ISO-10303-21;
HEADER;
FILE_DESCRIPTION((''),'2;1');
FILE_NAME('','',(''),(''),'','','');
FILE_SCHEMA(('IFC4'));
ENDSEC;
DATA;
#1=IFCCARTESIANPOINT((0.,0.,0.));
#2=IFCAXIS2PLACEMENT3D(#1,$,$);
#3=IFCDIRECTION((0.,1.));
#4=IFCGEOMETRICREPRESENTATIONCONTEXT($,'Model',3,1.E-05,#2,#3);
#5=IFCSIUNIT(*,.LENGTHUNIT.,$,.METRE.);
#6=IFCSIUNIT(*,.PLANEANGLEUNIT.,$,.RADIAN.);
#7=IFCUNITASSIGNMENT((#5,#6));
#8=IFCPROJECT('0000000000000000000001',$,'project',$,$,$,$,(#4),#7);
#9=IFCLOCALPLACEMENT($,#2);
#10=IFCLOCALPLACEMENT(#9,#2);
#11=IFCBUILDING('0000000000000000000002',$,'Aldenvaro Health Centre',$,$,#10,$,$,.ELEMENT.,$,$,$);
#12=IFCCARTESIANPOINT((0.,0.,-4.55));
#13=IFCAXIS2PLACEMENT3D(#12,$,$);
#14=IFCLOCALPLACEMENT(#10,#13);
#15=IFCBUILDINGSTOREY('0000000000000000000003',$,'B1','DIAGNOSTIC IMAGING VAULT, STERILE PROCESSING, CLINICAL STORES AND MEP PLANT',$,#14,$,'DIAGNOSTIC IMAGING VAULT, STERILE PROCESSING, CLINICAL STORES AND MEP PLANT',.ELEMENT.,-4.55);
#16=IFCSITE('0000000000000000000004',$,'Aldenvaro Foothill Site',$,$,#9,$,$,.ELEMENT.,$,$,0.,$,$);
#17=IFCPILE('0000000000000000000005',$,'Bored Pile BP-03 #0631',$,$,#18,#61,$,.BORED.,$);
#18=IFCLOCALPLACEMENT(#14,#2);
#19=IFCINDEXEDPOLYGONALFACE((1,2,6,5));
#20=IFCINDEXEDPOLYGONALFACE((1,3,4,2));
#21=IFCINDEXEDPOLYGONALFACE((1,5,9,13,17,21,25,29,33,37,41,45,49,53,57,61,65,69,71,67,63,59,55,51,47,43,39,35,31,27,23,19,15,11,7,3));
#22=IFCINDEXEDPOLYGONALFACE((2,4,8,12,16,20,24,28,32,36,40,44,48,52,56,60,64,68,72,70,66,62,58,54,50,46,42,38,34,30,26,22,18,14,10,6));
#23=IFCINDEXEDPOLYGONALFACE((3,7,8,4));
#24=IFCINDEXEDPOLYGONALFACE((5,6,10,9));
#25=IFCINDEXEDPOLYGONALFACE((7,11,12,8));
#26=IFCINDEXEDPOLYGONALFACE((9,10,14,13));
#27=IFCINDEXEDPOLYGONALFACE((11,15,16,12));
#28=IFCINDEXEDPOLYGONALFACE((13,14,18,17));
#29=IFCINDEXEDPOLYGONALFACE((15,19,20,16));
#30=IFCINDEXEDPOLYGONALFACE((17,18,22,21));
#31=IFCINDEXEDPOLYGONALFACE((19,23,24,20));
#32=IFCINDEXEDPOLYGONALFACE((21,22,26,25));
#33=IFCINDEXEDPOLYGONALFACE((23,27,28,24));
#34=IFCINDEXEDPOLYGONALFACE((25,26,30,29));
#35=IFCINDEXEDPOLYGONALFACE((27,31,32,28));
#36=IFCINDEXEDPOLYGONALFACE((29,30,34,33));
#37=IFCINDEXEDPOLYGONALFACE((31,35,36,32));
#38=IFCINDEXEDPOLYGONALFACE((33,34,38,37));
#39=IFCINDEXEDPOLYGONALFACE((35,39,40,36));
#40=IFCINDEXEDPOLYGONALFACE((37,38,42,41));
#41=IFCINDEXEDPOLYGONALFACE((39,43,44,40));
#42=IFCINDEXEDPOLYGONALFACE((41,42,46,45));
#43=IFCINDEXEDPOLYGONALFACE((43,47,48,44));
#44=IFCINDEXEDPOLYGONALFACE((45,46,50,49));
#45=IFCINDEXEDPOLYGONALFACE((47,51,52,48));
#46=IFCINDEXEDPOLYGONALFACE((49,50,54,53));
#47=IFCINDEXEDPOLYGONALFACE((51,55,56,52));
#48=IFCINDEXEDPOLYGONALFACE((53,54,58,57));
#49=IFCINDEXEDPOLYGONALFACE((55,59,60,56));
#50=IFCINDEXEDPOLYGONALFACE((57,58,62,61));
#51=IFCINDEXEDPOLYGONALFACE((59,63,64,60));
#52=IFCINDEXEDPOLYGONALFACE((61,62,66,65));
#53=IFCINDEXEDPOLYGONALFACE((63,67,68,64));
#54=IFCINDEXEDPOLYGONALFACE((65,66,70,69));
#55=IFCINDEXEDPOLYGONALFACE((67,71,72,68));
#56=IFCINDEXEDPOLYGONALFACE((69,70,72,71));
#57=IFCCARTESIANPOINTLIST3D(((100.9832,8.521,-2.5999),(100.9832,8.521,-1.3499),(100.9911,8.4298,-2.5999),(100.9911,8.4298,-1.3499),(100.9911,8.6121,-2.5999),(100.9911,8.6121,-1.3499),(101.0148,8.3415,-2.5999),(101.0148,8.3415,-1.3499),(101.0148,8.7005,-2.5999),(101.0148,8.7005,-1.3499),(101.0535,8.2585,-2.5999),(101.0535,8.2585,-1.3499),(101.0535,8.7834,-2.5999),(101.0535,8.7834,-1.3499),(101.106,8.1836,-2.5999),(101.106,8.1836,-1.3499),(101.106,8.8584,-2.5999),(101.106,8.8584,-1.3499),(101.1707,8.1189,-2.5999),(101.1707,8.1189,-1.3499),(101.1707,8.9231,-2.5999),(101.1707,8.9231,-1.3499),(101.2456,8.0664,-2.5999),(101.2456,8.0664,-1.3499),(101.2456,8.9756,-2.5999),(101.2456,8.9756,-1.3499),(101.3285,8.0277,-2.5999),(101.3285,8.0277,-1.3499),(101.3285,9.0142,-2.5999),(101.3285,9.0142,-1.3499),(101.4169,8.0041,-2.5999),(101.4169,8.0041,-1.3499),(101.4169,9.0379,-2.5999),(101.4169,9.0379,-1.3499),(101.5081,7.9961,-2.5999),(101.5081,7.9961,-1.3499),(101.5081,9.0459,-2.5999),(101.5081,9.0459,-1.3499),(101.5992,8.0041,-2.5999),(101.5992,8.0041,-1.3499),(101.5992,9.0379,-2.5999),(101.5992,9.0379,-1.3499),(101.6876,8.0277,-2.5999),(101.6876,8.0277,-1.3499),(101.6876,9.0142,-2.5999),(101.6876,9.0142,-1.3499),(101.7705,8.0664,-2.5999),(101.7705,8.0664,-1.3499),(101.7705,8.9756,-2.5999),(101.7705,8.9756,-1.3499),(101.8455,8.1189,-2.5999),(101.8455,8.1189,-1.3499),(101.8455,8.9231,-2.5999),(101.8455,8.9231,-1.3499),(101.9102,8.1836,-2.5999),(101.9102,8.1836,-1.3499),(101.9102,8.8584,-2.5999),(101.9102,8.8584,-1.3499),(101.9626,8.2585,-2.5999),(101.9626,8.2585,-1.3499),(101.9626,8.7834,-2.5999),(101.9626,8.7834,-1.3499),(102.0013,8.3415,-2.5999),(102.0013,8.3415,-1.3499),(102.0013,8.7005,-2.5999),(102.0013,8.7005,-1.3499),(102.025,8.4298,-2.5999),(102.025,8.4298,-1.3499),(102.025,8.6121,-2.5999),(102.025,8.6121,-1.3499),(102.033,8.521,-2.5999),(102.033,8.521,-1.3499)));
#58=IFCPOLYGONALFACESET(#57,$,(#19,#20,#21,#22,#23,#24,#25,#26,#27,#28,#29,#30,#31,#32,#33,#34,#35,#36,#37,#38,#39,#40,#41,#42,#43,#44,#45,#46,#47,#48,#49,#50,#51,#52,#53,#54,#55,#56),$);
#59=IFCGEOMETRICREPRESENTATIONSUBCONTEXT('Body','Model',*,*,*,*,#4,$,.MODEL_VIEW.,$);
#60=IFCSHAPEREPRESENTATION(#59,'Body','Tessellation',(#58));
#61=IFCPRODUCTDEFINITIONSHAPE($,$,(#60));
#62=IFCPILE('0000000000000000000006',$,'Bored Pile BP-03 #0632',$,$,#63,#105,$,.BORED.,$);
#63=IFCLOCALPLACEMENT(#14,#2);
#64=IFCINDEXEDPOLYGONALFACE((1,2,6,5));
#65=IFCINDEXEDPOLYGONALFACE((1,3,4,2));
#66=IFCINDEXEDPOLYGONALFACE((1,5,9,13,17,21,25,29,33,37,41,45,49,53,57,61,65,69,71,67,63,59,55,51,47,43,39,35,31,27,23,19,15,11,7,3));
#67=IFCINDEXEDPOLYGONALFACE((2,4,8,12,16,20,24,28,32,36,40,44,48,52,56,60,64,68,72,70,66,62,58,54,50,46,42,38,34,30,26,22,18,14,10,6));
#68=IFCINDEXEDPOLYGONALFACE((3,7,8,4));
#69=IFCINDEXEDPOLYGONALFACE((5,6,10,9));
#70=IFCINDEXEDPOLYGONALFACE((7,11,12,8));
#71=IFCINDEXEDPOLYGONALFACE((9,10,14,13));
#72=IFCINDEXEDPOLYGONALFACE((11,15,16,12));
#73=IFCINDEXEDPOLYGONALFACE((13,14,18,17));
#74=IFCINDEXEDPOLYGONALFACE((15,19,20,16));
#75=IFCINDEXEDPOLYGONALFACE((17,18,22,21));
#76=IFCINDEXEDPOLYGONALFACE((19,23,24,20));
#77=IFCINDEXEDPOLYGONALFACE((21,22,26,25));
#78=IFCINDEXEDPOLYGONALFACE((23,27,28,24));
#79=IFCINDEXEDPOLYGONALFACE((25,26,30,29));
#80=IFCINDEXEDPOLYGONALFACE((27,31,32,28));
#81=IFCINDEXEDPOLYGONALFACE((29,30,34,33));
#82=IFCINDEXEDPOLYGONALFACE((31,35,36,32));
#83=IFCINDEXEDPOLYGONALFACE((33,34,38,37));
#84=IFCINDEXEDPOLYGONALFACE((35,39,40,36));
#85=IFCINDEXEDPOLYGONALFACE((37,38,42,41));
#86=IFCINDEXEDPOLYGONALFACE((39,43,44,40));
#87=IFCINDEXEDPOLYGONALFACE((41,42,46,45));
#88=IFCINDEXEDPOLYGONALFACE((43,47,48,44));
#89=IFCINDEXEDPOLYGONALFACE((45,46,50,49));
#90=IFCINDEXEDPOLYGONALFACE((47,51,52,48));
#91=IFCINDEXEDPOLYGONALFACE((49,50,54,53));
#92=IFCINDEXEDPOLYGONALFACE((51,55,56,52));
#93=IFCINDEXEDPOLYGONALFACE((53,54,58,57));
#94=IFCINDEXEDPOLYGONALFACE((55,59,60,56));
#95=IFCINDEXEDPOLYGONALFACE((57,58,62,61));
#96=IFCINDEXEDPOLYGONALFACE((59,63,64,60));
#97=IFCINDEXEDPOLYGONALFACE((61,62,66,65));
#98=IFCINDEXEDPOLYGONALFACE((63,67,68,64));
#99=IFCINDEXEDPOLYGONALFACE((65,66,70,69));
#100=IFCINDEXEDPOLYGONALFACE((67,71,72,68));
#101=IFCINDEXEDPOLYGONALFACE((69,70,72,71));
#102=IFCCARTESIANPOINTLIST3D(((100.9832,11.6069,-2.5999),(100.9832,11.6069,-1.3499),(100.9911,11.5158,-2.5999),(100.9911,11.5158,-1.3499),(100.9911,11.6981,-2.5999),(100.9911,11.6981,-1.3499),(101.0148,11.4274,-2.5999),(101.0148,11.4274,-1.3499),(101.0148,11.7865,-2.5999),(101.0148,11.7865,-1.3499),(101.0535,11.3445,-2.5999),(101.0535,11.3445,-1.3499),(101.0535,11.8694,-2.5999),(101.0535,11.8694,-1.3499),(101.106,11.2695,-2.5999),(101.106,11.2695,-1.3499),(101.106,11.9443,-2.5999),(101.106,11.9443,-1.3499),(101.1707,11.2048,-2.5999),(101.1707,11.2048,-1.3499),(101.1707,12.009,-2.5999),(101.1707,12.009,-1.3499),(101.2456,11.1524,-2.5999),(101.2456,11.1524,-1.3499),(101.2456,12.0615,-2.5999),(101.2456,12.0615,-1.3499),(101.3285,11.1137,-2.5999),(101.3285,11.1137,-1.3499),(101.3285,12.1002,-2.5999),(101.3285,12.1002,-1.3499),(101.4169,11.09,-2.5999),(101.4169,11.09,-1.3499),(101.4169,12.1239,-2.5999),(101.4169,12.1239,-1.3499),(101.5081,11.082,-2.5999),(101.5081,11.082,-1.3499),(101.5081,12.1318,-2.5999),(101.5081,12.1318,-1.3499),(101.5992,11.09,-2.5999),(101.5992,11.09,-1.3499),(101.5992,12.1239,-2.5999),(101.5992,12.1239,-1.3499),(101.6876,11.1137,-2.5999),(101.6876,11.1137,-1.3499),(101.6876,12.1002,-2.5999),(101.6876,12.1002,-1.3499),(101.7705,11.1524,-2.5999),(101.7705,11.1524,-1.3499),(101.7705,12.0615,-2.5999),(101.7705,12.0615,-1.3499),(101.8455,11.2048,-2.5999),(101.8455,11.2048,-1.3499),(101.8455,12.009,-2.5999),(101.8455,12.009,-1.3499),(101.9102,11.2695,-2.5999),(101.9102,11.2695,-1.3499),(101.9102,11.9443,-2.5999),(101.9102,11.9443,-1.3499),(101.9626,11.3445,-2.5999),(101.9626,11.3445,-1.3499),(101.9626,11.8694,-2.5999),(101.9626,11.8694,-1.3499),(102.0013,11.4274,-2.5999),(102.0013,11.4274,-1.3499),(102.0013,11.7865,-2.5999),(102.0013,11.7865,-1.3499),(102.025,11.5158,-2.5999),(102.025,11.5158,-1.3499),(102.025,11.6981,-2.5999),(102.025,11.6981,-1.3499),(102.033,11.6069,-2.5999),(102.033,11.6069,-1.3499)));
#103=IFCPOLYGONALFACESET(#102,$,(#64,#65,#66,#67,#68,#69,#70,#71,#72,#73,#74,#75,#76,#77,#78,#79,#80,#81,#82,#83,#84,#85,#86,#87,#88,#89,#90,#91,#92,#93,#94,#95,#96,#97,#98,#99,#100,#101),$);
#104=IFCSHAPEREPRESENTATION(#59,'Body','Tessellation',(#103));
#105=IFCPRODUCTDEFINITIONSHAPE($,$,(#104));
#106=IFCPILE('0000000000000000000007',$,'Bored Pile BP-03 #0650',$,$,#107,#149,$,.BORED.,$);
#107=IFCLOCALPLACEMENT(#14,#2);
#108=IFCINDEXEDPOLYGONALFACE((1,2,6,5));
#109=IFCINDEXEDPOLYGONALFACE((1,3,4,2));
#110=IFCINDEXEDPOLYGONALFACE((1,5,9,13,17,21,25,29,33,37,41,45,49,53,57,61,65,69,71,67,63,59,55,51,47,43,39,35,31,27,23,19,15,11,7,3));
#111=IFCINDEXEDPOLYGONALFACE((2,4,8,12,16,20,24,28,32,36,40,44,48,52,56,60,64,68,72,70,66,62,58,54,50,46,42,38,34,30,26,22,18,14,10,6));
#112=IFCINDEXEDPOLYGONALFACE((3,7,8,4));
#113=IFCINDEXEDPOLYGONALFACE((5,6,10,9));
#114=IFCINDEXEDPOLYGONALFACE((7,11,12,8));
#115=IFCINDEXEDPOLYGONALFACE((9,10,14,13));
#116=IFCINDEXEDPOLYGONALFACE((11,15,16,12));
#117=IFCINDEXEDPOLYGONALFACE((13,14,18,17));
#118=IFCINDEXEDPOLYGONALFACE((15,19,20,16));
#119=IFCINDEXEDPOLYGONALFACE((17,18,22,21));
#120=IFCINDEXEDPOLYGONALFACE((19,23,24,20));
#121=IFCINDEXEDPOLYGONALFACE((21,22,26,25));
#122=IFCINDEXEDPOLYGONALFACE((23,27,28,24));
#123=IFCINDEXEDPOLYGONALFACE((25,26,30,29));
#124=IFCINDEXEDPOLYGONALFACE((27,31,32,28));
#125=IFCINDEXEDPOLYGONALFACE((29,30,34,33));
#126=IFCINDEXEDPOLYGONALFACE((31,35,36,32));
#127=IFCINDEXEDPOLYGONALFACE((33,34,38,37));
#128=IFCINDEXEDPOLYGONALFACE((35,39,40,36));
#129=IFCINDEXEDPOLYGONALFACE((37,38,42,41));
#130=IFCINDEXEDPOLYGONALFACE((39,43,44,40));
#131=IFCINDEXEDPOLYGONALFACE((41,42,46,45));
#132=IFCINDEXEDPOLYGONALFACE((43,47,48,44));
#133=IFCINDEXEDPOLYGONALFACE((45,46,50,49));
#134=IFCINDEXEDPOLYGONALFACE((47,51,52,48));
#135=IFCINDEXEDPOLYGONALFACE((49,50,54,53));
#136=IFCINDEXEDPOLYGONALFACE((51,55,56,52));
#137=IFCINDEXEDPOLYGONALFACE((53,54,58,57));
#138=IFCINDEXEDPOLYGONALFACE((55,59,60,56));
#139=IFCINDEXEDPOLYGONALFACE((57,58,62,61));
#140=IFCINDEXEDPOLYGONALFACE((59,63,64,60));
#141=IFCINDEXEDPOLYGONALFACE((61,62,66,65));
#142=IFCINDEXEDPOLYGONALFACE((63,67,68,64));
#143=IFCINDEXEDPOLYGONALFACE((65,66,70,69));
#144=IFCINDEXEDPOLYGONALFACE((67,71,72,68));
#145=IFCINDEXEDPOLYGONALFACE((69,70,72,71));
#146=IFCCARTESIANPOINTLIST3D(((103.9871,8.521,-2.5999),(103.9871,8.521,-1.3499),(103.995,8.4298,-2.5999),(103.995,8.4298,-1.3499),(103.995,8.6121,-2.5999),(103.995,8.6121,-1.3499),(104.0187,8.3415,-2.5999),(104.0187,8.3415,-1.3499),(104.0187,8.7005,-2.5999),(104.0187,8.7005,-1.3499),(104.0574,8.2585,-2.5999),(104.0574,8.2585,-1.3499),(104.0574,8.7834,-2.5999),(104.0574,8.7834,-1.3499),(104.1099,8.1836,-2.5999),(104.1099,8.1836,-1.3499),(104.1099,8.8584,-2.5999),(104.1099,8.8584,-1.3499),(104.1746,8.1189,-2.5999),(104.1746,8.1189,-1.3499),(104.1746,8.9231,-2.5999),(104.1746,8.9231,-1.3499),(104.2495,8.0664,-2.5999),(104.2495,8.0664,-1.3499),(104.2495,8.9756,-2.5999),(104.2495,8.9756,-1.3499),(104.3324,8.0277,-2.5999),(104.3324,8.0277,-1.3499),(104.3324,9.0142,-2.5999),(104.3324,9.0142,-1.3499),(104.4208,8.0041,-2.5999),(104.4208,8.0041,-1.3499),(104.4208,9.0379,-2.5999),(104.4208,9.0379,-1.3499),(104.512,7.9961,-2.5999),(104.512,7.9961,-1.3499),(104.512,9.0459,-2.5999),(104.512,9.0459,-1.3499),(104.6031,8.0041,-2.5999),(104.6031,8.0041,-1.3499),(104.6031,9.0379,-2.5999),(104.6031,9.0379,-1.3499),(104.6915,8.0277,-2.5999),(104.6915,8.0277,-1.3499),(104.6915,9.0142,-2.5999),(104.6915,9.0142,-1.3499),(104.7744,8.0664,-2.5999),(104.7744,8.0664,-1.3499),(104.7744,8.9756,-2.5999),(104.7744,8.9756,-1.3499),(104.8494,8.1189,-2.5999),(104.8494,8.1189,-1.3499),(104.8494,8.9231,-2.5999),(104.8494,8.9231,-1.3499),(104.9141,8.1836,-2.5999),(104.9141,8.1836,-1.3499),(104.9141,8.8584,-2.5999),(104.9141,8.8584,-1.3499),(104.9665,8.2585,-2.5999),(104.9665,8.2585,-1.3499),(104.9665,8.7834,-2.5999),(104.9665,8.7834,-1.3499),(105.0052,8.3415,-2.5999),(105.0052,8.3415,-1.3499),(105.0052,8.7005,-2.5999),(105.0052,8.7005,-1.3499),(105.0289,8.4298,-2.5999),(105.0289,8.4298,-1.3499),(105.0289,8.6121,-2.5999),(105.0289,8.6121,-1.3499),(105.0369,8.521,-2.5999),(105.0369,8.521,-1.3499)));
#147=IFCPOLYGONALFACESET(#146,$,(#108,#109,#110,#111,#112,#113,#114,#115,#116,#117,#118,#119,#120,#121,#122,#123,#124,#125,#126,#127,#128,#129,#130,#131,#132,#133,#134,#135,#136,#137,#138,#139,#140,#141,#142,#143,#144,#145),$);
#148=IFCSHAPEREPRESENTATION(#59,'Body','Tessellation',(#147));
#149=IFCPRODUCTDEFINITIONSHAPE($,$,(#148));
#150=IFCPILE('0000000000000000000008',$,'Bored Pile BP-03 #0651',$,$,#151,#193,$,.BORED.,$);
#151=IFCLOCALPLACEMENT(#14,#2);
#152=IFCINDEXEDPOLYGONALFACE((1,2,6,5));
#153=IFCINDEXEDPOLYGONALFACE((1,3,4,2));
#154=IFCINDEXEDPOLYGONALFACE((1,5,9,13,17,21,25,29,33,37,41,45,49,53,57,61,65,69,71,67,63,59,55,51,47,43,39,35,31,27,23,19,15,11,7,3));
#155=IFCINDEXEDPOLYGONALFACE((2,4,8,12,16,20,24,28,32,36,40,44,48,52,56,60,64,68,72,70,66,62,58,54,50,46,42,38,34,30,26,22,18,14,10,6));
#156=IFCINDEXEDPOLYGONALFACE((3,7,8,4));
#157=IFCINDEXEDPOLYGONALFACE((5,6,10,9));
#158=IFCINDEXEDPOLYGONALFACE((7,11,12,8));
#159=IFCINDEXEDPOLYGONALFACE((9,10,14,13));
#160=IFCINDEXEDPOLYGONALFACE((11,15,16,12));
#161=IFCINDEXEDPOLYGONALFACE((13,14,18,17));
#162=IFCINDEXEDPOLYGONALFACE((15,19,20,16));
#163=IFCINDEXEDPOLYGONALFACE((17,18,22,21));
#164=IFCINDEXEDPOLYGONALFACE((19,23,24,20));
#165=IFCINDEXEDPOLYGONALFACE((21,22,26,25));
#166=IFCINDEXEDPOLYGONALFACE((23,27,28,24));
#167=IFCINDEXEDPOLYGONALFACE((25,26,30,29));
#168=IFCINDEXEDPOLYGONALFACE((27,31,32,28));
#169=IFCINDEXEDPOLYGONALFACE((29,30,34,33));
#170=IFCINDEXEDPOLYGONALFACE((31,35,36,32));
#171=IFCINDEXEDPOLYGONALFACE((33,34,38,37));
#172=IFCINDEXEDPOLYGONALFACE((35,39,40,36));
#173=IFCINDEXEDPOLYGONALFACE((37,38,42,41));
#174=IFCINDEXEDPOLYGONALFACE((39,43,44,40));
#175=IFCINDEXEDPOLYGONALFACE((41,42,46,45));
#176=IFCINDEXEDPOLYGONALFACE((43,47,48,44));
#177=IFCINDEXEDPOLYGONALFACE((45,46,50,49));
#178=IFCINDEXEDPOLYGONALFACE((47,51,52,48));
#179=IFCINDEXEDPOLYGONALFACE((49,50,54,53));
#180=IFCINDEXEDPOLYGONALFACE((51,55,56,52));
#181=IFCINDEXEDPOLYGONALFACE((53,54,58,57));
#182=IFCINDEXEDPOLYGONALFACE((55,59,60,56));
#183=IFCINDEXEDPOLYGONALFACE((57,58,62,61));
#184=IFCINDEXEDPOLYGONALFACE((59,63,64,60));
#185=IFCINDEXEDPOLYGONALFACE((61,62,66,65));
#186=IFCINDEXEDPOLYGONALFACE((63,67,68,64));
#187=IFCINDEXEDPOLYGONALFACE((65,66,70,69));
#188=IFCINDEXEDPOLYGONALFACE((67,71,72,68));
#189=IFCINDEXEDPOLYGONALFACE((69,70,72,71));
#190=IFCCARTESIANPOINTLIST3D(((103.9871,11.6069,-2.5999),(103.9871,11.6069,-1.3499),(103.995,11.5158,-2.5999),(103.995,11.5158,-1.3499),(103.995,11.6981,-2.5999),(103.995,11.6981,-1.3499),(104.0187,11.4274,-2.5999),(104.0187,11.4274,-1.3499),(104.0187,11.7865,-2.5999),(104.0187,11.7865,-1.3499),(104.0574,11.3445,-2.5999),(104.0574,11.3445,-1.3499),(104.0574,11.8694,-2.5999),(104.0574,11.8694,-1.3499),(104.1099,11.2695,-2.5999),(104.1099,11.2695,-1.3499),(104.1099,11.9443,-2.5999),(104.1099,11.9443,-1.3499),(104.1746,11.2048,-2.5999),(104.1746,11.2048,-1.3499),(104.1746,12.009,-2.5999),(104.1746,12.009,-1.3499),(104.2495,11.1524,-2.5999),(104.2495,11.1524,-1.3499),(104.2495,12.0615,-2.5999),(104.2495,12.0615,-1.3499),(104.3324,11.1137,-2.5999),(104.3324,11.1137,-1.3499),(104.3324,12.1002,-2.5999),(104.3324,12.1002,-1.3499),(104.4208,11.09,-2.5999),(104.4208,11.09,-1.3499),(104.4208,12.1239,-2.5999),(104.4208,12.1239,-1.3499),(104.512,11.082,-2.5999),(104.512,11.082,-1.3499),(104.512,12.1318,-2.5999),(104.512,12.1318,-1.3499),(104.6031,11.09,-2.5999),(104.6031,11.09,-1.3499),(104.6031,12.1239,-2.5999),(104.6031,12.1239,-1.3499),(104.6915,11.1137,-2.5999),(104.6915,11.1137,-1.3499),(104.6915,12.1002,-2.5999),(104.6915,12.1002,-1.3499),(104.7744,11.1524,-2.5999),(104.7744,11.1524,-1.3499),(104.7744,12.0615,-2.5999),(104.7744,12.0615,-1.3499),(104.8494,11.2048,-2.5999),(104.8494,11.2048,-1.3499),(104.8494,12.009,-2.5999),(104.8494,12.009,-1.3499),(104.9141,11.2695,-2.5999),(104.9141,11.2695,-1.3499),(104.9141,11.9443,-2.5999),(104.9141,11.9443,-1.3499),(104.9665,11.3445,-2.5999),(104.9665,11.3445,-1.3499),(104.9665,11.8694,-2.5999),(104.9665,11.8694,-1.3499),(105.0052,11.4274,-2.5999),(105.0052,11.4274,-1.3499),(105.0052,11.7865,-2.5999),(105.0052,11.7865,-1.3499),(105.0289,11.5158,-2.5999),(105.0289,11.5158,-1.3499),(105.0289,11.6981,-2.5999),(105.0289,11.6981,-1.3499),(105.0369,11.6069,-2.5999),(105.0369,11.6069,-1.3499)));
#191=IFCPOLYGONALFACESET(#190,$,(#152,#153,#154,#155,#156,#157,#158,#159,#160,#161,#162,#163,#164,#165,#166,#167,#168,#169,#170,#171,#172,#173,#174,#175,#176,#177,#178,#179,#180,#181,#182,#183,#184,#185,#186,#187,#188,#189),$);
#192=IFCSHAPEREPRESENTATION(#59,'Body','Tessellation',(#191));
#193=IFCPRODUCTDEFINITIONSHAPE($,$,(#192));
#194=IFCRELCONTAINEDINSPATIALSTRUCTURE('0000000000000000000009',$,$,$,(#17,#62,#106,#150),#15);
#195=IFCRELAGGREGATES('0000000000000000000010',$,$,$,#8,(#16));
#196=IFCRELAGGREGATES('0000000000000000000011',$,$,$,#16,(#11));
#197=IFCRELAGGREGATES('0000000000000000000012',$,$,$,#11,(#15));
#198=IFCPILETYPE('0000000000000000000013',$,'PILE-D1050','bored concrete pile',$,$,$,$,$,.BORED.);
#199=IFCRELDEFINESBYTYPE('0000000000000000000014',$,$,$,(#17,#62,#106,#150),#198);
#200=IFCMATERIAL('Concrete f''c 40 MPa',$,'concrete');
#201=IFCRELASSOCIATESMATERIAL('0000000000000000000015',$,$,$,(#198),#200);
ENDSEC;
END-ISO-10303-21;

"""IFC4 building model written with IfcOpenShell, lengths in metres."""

from ifc_helpers import new_model, si_unit, direction, frame, origin, origin_2d, place, context, subcontext, project, spatial, circle, extrude, material, material_profile, profile_set, type_object, element, save


model = new_model("IFC4")

# Units and contexts
model_context = context("Model", 3, precision=1e-05, world=origin(), true_north=direction((0.0, 1.0)))
body_context = subcontext(model_context, "Body", "Model", "MODEL_VIEW")
ifc_project = project(units=[si_unit("LENGTHUNIT", "METRE"), si_unit("PLANEANGLEUNIT", "RADIAN")], contexts=[model_context])

# Site, building, storey
site_placement = place(None, origin())
site = spatial("IfcSite", under=ifc_project, at=site_placement, Name="Aldenvaro Foothill Site", CompositionType="ELEMENT", RefElevation=0.0)
building_placement = place(site_placement, origin())
building = spatial("IfcBuilding", under=site, at=building_placement, Name="Aldenvaro Health Centre", CompositionType="ELEMENT")
storey_placement = place(building_placement, frame((0.0, 0.0, -4.55)))
storey = spatial("IfcBuildingStorey", under=building, at=storey_placement, Name="B1", Description="DIAGNOSTIC IMAGING VAULT, STERILE PROCESSING, CLINICAL STORES AND MEP PLANT", LongName="DIAGNOSTIC IMAGING VAULT, STERILE PROCESSING, CLINICAL STORES AND MEP PLANT", CompositionType="ELEMENT", Elevation=-4.55)

# Piles
ifc_material_1 = material(Name="Concrete f'c 40 MPa", Category="concrete")
ifc_material_profile_1 = material_profile(ifc_material_1, circle(Radius=0.5249, at=origin_2d()), Name="PILE D1050", Category="concrete")
ifc_profile_set_1 = profile_set([ifc_material_profile_1], Name="Concrete f'c 40 MPa")
pile_type = type_object("IfcPileType", Name="PILE-D1050", Description="bored concrete pile", PredefinedType="BORED", material=ifc_profile_set_1)
for number, where, z_axis, x_axis, name in (
    (1, (101.5081, 8.521, -1.3499), (0.0, 0.0, -1.0), (1.0, 0.0, 0.0), "Bored Pile BP-03 #0631"),
    (2, (101.5081, 11.6069, -1.3499), (0.0, 0.0, -1.0), (1.0, 0.0, 0.0), "Bored Pile BP-03 #0632"),
    (3, (104.512, 8.521, -1.3499), (0.0, 0.0, -1.0), (1.0, 0.0, 0.0), "Bored Pile BP-03 #0650"),
    (4, (104.512, 11.6069, -1.3499), (0.0, 0.0, -1.0), (1.0, 0.0, 0.0), "Bored Pile BP-03 #0651"),
):
    element("IfcPile", number, at=place(storey_placement, frame(where, z_axis=z_axis, x_axis=x_axis)), inside=storey, type_object=pile_type, Name=name, PredefinedType="BORED", context=body_context, shape_type="SweptSolid", body=[
        extrude(circle(Radius=0.5249, at=origin_2d()), origin(), (0.0, 0.0, 1.0), 1.25),
    ])

save(model, "model.ifc")
